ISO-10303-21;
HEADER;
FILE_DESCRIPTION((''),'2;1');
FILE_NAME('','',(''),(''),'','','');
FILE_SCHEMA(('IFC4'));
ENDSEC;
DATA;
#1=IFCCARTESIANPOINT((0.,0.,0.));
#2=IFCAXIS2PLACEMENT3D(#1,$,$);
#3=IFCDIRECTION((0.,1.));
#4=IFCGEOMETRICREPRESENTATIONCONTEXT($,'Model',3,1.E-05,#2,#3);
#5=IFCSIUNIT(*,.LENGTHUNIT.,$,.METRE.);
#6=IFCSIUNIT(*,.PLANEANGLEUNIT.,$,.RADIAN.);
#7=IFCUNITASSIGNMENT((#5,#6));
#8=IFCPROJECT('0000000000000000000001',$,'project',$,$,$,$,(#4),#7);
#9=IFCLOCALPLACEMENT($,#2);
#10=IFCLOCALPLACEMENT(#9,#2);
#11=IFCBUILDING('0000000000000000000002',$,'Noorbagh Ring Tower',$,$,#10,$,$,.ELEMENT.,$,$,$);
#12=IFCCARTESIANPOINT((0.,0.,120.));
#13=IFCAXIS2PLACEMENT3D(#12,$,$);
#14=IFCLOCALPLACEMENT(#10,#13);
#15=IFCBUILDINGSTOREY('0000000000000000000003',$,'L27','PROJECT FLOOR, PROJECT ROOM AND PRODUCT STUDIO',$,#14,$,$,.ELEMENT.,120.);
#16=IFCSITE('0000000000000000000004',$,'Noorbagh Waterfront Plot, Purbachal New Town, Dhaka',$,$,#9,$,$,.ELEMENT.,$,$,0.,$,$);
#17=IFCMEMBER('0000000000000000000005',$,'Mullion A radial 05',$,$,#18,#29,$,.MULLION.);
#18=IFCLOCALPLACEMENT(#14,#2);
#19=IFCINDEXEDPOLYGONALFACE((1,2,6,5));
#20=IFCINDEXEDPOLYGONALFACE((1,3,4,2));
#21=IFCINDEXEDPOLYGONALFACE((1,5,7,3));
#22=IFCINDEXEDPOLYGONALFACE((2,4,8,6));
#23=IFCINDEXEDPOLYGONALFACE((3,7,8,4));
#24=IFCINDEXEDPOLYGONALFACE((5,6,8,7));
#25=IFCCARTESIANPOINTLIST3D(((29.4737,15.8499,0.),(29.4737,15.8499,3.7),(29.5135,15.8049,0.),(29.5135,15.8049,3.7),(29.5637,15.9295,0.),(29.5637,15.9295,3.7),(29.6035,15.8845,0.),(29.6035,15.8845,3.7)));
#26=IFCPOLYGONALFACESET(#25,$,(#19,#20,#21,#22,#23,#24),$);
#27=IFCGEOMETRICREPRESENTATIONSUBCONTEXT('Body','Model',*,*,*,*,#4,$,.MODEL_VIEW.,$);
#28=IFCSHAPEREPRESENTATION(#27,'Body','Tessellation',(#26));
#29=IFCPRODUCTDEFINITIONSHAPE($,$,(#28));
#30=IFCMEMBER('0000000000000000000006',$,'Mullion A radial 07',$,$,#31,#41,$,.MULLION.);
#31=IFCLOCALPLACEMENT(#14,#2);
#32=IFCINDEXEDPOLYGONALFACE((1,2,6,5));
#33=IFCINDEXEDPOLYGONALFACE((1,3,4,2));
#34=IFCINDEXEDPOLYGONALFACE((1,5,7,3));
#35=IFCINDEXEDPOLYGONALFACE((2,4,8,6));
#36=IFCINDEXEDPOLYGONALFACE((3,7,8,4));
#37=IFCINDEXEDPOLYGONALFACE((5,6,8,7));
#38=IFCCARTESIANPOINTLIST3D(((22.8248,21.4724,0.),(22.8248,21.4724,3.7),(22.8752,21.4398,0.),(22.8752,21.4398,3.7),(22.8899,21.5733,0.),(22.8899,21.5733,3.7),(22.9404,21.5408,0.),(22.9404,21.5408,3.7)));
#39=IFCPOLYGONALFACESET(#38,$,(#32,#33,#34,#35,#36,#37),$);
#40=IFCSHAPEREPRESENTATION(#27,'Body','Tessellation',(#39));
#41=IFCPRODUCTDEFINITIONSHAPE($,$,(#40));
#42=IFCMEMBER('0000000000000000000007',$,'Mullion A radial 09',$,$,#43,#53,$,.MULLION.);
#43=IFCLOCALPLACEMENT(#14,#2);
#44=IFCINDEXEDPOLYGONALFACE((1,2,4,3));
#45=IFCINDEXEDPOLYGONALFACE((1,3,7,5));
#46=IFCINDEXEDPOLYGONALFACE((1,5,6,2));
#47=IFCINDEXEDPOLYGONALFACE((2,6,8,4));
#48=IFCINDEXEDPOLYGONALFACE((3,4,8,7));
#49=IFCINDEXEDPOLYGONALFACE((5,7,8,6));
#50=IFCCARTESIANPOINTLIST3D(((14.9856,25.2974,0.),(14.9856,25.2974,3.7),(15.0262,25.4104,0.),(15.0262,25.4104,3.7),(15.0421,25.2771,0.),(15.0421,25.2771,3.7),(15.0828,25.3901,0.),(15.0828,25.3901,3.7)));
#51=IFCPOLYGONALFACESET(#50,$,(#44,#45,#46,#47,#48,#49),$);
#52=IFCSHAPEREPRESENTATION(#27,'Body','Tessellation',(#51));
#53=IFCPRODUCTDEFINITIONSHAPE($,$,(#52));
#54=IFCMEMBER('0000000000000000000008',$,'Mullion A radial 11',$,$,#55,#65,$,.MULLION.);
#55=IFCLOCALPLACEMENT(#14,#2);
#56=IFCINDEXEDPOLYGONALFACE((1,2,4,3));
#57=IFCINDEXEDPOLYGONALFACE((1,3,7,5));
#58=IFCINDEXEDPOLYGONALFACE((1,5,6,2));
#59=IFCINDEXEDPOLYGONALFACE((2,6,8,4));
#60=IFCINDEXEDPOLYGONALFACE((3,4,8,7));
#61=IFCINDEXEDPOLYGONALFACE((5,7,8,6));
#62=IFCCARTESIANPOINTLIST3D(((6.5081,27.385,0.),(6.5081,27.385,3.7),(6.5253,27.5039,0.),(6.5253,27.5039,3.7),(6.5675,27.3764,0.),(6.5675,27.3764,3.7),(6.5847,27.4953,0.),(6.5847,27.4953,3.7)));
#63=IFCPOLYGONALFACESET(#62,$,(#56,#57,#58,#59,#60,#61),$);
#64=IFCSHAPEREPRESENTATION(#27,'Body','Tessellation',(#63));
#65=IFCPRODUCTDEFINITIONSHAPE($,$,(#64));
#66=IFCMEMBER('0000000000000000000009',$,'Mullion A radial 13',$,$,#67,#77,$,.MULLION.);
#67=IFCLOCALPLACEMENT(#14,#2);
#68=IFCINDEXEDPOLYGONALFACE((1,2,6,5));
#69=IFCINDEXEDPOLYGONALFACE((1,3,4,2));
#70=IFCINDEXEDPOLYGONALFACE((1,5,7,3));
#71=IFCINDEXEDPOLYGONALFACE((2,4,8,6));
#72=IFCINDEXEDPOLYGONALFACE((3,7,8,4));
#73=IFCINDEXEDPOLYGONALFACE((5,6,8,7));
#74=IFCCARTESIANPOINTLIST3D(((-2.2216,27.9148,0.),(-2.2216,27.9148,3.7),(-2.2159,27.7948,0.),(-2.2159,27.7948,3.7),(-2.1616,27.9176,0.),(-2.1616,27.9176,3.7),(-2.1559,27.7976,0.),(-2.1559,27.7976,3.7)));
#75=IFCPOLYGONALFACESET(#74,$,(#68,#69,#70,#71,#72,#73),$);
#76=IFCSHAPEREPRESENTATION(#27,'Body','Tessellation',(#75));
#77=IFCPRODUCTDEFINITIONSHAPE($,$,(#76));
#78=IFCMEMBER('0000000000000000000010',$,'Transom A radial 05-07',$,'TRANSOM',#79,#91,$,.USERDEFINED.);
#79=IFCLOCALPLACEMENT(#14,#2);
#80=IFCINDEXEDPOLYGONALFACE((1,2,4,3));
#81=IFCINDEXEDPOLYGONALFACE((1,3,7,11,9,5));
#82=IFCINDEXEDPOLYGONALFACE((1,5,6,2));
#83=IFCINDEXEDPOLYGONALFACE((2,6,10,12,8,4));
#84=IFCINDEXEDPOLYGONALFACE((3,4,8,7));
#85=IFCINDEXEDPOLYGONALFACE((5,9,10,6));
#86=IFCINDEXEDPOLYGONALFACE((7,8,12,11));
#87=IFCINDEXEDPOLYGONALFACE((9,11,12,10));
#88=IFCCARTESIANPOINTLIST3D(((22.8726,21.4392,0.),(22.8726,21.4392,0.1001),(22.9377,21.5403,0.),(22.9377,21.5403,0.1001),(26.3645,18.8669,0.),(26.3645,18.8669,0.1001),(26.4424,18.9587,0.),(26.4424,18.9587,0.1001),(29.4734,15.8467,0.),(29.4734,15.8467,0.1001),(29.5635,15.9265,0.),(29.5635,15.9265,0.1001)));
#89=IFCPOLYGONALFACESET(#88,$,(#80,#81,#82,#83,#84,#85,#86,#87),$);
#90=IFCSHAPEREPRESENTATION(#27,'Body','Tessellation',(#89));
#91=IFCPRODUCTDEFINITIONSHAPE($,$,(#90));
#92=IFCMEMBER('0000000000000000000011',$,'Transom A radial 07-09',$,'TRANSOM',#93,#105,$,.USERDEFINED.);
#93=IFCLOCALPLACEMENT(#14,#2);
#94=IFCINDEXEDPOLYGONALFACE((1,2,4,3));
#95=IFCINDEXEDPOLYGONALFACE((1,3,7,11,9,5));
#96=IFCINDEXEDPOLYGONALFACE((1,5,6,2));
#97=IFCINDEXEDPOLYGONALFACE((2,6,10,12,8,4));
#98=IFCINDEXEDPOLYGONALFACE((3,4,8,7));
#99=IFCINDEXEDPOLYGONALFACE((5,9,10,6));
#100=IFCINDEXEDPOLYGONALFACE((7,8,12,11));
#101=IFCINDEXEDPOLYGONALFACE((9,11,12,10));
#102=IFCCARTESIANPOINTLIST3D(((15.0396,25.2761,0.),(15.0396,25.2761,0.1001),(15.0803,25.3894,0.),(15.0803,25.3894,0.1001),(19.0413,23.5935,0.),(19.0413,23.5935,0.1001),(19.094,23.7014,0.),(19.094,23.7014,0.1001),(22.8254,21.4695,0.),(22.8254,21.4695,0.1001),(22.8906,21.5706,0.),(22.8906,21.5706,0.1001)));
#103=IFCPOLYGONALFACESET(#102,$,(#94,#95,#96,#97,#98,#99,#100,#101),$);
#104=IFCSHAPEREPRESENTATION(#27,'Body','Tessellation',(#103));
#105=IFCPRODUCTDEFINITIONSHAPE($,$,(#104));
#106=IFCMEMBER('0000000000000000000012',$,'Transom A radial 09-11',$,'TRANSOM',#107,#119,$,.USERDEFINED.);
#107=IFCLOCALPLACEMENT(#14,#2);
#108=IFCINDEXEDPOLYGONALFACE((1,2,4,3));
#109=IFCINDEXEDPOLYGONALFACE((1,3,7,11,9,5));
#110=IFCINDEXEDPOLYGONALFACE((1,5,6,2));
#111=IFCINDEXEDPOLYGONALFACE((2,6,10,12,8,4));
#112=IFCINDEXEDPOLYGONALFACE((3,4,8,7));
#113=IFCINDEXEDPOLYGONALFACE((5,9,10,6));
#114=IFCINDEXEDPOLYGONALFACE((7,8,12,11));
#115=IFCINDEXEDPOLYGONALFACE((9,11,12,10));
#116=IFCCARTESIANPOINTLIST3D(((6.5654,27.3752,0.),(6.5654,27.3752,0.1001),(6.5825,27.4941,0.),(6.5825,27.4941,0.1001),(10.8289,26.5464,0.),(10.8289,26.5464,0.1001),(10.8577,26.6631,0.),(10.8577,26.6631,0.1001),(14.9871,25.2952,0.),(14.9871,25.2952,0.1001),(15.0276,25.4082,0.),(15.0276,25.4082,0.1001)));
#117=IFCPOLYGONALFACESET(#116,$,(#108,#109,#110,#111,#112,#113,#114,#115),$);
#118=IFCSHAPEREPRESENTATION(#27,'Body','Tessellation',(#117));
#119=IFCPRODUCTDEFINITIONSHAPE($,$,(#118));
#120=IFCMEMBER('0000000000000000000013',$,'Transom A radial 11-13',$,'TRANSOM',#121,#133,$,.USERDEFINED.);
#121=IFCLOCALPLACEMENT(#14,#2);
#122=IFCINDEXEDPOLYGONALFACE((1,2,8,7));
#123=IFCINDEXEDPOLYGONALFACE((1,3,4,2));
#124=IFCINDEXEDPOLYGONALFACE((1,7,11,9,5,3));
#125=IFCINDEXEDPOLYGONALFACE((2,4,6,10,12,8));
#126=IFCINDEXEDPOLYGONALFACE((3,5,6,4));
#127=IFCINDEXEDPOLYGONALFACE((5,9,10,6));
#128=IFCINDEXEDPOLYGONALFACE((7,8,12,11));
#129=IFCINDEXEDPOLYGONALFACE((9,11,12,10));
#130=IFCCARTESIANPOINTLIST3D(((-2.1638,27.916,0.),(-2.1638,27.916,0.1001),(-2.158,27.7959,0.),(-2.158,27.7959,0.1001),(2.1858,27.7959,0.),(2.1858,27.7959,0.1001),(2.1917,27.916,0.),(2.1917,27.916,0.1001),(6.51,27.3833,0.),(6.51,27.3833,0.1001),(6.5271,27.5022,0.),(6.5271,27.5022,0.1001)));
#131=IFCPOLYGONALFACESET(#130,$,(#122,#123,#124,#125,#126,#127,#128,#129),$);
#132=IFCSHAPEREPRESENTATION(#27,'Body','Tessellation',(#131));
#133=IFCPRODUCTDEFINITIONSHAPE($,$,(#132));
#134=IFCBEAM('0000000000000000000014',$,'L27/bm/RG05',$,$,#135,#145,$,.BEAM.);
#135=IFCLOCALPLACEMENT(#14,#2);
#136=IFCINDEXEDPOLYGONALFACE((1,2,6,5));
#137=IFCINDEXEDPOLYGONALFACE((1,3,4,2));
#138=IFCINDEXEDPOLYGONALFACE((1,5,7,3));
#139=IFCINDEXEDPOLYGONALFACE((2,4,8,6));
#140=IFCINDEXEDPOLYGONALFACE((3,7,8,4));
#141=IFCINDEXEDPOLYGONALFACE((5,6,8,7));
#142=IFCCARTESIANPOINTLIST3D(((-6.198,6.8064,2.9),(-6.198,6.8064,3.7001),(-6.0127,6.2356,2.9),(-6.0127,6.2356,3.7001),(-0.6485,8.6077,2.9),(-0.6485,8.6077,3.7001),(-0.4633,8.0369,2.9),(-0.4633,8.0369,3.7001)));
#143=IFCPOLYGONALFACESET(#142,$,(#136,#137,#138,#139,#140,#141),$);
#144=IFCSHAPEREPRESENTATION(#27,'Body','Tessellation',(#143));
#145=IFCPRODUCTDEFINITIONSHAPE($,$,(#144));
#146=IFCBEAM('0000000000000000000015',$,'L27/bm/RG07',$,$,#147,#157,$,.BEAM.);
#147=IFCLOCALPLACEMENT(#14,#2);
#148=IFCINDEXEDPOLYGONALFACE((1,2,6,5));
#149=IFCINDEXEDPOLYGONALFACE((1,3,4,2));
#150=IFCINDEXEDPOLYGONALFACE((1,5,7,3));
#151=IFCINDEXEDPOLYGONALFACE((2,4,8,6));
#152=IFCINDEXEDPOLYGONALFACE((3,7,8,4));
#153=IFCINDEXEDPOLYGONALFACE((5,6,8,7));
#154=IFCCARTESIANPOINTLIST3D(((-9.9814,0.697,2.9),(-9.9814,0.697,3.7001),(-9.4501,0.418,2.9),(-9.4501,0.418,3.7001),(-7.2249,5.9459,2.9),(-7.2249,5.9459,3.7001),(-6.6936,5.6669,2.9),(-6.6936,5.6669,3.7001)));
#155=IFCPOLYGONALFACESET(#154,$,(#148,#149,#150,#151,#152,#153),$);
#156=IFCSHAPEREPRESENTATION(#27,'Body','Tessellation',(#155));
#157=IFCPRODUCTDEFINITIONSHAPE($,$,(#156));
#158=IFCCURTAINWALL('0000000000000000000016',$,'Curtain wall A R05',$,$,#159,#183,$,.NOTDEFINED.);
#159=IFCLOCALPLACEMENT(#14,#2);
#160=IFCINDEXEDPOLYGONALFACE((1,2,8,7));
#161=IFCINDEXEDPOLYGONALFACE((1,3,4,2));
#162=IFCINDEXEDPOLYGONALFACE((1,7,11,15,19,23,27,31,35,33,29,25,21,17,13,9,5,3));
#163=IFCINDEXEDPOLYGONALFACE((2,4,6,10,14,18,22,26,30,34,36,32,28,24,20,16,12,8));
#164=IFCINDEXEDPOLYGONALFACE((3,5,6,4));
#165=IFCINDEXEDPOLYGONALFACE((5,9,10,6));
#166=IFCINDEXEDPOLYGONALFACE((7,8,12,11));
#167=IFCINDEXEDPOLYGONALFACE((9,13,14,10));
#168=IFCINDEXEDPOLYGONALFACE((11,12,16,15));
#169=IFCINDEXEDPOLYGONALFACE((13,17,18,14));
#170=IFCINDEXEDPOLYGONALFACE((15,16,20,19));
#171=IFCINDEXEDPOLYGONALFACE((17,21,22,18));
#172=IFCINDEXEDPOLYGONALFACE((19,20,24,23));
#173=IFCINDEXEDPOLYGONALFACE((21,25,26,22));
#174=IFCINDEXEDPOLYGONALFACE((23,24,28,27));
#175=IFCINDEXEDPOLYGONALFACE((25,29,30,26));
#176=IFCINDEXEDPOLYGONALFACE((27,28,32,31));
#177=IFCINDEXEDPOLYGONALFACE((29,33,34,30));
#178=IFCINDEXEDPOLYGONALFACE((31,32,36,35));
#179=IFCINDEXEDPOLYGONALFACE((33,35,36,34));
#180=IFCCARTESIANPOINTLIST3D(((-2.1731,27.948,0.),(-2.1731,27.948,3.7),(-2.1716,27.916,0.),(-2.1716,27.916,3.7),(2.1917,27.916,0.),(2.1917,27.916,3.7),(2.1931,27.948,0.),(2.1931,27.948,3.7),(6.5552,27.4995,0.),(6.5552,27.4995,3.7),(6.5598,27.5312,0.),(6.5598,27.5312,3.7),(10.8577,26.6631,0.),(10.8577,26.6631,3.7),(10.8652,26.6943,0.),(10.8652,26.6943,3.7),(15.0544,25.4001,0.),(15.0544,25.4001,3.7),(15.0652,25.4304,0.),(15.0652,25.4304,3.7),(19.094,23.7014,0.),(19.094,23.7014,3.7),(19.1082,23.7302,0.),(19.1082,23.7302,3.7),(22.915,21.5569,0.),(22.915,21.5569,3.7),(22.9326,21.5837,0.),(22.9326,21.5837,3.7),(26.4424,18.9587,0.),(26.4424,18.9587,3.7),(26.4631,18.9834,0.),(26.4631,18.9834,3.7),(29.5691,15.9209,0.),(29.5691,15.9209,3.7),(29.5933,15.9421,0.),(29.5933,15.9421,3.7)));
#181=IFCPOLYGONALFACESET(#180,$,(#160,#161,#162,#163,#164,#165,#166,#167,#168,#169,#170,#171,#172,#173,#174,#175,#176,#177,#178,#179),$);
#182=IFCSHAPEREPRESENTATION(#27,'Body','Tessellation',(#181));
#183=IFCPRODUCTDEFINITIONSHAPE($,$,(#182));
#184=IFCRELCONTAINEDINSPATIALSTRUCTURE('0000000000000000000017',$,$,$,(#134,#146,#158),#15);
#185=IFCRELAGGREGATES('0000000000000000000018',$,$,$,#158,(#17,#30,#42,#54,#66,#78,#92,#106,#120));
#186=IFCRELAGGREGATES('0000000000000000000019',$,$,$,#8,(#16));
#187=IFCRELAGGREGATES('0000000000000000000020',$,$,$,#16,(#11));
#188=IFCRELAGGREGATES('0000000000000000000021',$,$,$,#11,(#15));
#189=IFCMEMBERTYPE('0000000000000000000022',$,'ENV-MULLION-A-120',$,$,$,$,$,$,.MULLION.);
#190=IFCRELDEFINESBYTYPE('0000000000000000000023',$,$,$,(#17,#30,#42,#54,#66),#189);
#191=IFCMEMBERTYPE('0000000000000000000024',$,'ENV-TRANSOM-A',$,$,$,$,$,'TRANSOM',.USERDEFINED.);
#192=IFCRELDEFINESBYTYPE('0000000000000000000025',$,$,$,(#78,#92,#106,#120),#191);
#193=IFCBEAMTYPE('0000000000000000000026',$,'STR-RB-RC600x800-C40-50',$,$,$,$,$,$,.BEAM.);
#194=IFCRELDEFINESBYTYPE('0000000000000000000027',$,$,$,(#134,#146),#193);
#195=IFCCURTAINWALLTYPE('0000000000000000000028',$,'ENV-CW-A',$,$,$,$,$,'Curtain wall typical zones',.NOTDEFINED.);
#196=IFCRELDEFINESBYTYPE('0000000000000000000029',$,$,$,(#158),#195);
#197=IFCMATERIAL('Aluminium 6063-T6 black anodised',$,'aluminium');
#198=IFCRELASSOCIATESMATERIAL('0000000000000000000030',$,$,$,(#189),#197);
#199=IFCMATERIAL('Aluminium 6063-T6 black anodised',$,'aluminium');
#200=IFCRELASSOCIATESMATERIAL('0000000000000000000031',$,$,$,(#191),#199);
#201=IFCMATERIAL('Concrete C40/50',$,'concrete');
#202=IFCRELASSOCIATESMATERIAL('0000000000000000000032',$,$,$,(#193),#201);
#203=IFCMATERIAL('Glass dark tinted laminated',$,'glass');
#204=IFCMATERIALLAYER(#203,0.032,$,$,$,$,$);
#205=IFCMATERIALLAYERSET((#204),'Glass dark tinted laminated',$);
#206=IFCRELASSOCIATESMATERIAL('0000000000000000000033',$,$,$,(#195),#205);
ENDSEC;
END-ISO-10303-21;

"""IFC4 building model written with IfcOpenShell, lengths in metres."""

from ifc_helpers import new_model, si_unit, direction, frame, origin, origin_2d, place, context, subcontext, project, spatial, polyline, rectangle, outline, extrude, material, layer, layer_set, material_profile, profile_set, type_object, element, aggregate, save


model = new_model("IFC4")

# Units and contexts
model_context = context("Model", 3, precision=1e-05, world=origin(), true_north=direction((0.0, 1.0)))
body_context = subcontext(model_context, "Body", "Model", "MODEL_VIEW")
ifc_project = project(units=[si_unit("LENGTHUNIT", "METRE"), si_unit("PLANEANGLEUNIT", "RADIAN")], contexts=[model_context])

# Site, building, storey
site_placement = place(None, origin())
site = spatial("IfcSite", under=ifc_project, at=site_placement, Name="Noorbagh Waterfront Plot, Purbachal New Town, Dhaka", CompositionType="ELEMENT", RefElevation=0.0)
building_placement = place(site_placement, origin())
building = spatial("IfcBuilding", under=site, at=building_placement, Name="Noorbagh Ring Tower", CompositionType="ELEMENT")
storey_placement = place(building_placement, frame((0.0, 0.0, 120.0)))
storey = spatial("IfcBuildingStorey", under=building, at=storey_placement, Name="L27", Description="PROJECT FLOOR, PROJECT ROOM AND PRODUCT STUDIO", CompositionType="ELEMENT", Elevation=120.0)

# Members
ifc_material_1 = material(Name="Aluminium 6063-T6 black anodised", Category="aluminium")
ifc_material_profile_1 = material_profile(ifc_material_1, rectangle(XDim=0.1201, YDim=0.0601, at=origin_2d()), Name="120x60")
ifc_profile_set_1 = profile_set([ifc_material_profile_1], Name="Aluminium 6063-T6 black anodised")
member_type_1 = type_object("IfcMemberType", Name="ENV-MULLION-A-120", PredefinedType="MULLION", material=ifc_profile_set_1)
member_1_placement = place(storey_placement, frame((29.5386, 15.8672, 0.0), z_axis=(0.0, 0.0, 1.0), x_axis=(-0.749047, -0.662517, 0.0)))
member_1 = element("IfcMember", 1, at=member_1_placement, type_object=member_type_1, Name="Mullion A radial 05", PredefinedType="MULLION", context=body_context, shape_type="SweptSolid", body=[
    extrude(rectangle(XDim=0.1201, YDim=0.0601, at=origin_2d()), origin(), (0.0, 0.0, 1.0), 3.7),
])
member_2_placement = place(storey_placement, frame((22.8826, 21.5066, 0.0), z_axis=(0.0, 0.0, 1.0), x_axis=(-0.542279, -0.840198, 0.0)))
member_2 = element("IfcMember", 2, at=member_2_placement, type_object=member_type_1, Name="Mullion A radial 07", PredefinedType="MULLION", context=body_context, shape_type="SweptSolid", body=[
    extrude(rectangle(XDim=0.1201, YDim=0.0601, at=origin_2d()), origin(), (0.0, 0.0, 1.0), 3.7),
])
member_3_placement = place(storey_placement, frame((15.0342, 25.3438, 0.0), z_axis=(0.0, 0.0, 1.0), x_axis=(-0.338379, -0.94101, 0.0)))
member_3 = element("IfcMember", 3, at=member_3_placement, type_object=member_type_1, Name="Mullion A radial 09", PredefinedType="MULLION", context=body_context, shape_type="SweptSolid", body=[
    extrude(rectangle(XDim=0.1201, YDim=0.0601, at=origin_2d()), origin(), (0.0, 0.0, 1.0), 3.7),
])
member_4_placement = place(storey_placement, frame((6.5464, 27.4402, 0.0), z_axis=(0.0, 0.0, 1.0), x_axis=(-0.143082, -0.989711, 0.0)))
member_4 = element("IfcMember", 4, at=member_4_placement, type_object=member_type_1, Name="Mullion A radial 11", PredefinedType="MULLION", context=body_context, shape_type="SweptSolid", body=[
    extrude(rectangle(XDim=0.1201, YDim=0.0601, at=origin_2d()), origin(), (0.0, 0.0, 1.0), 3.7),
])
member_5_placement = place(storey_placement, frame((-2.1887, 27.8562, 0.0), z_axis=(0.0, 0.0, 1.0), x_axis=(0.047558, -0.998868, 0.0)))
member_5 = element("IfcMember", 5, at=member_5_placement, type_object=member_type_1, Name="Mullion A radial 13", PredefinedType="MULLION", context=body_context, shape_type="SweptSolid", body=[
    extrude(rectangle(XDim=0.1201, YDim=0.0601, at=origin_2d()), origin(), (0.0, 0.0, 1.0), 3.7),
])
ifc_material_2 = material(Name="Aluminium 6063-T6 black anodised", Category="aluminium")
member_type_2 = type_object("IfcMemberType", Name="ENV-TRANSOM-A", ElementType="TRANSOM", PredefinedType="USERDEFINED", material=ifc_material_2)
member_6_placement = place(storey_placement, origin())
member_6 = element("IfcMember", 6, at=member_6_placement, type_object=member_type_2, Name="Transom A radial 05-07", ObjectType="TRANSOM", PredefinedType="USERDEFINED", context=body_context, shape_type="SweptSolid", body=[
    extrude(outline(polyline([(29.5635, 15.9265), (26.4424, 18.9587), (22.9377, 21.5403), (22.8726, 21.4392), (26.3645, 18.8669), (29.4734, 15.8467), (29.5635, 15.9265)])), origin(), (0.0, 0.0, 1.0), 0.1001),
])
member_7_placement = place(storey_placement, origin())
member_7 = element("IfcMember", 7, at=member_7_placement, type_object=member_type_2, Name="Transom A radial 07-09", ObjectType="TRANSOM", PredefinedType="USERDEFINED", context=body_context, shape_type="SweptSolid", body=[
    extrude(outline(polyline([(22.8906, 21.5706), (19.094, 23.7014), (15.0803, 25.3894), (15.0396, 25.2761), (19.0413, 23.5935), (22.8254, 21.4695), (22.8906, 21.5706)])), origin(), (0.0, 0.0, 1.0), 0.1001),
])
member_8_placement = place(storey_placement, origin())
member_8 = element("IfcMember", 8, at=member_8_placement, type_object=member_type_2, Name="Transom A radial 09-11", ObjectType="TRANSOM", PredefinedType="USERDEFINED", context=body_context, shape_type="SweptSolid", body=[
    extrude(outline(polyline([(15.0276, 25.4082), (10.8577, 26.6631), (6.5825, 27.4941), (6.5654, 27.3752), (10.8289, 26.5464), (14.9871, 25.2952), (15.0276, 25.4082)])), origin(), (0.0, 0.0, 1.0), 0.1001),
])
member_9_placement = place(storey_placement, origin())
member_9 = element("IfcMember", 9, at=member_9_placement, type_object=member_type_2, Name="Transom A radial 11-13", ObjectType="TRANSOM", PredefinedType="USERDEFINED", context=body_context, shape_type="SweptSolid", body=[
    extrude(outline(polyline([(6.5271, 27.5022), (2.1917, 27.916), (-2.1638, 27.916), (-2.158, 27.7959), (2.1858, 27.7959), (6.51, 27.3833), (6.5271, 27.5022)])), origin(), (0.0, 0.0, 1.0), 0.1001),
])

# Beams
ifc_material_3 = material(Name="Concrete C40/50", Category="concrete")
ifc_material_profile_2 = material_profile(ifc_material_3, rectangle(XDim=0.6001, YDim=0.8, at=origin_2d()), Name="RC600x800")
ifc_profile_set_2 = profile_set([ifc_material_profile_2], Name="Concrete C40/50")
beam_type = type_object("IfcBeamType", Name="STR-RB-RC600x800-C40-50", PredefinedType="BEAM", material=ifc_profile_set_2)
beam_1_placement = place(storey_placement, frame((-0.5559, 8.3223, 3.3), z_axis=(-0.951152, -0.308724, 0.0), x_axis=(0.308724, -0.951152, 0.0)))
element("IfcBeam", 10, at=beam_1_placement, inside=storey, type_object=beam_type, Name="L27/bm/RG05", PredefinedType="BEAM", context=body_context, shape_type="SweptSolid", body=[
    extrude(rectangle(XDim=0.6001, YDim=0.8, at=origin_2d()), origin(), (0.0, 0.0, 1.0), 5.8345),
])
beam_2_placement = place(storey_placement, frame((-6.9592, 5.8064, 3.3), z_axis=(-0.464947, -0.885339, 0.0), x_axis=(0.885339, -0.464947, 0.0)))
element("IfcBeam", 11, at=beam_2_placement, inside=storey, type_object=beam_type, Name="L27/bm/RG07", PredefinedType="BEAM", context=body_context, shape_type="SweptSolid", body=[
    extrude(rectangle(XDim=0.6001, YDim=0.8, at=origin_2d()), origin(), (0.0, 0.0, 1.0), 5.9287),
])

# Curtain wall
ifc_material_4 = material(Name="Glass dark tinted laminated", Category="glass")
ifc_layer_1 = layer(ifc_material_4, 0.032)
ifc_layer_set_1 = layer_set([ifc_layer_1], Name="Glass dark tinted laminated")
curtain_wall_type = type_object("IfcCurtainWallType", Name="ENV-CW-A", ElementType="Curtain wall typical zones", PredefinedType="NOTDEFINED", material=ifc_layer_set_1)
curtain_wall_placement = place(storey_placement, origin())
curtain_wall = element("IfcCurtainWall", 12, at=curtain_wall_placement, inside=storey, type_object=curtain_wall_type, Name="Curtain wall A R05", PredefinedType="NOTDEFINED", context=body_context, shape_type="SweptSolid", body=[
    extrude(outline(polyline([(29.5933, 15.9421), (26.4631, 18.9834), (22.9326, 21.5837), (19.1082, 23.7302), (15.0652, 25.4304), (10.8652, 26.6943), (6.5598, 27.5312), (2.1931, 27.948), (-2.1731, 27.948), (-2.1716, 27.916), (2.1917, 27.916), (6.5552, 27.4995), (10.8577, 26.6631), (15.0544, 25.4001), (19.094, 23.7014), (22.915, 21.5569), (26.4424, 18.9587), (29.5691, 15.9209), (29.5933, 15.9421)])), origin(), (0.0, 0.0, 1.0), 3.7),
])
aggregate(curtain_wall, [member_1, member_2, member_3, member_4, member_5, member_6, member_7, member_8, member_9])

save(model, "model.ifc")
